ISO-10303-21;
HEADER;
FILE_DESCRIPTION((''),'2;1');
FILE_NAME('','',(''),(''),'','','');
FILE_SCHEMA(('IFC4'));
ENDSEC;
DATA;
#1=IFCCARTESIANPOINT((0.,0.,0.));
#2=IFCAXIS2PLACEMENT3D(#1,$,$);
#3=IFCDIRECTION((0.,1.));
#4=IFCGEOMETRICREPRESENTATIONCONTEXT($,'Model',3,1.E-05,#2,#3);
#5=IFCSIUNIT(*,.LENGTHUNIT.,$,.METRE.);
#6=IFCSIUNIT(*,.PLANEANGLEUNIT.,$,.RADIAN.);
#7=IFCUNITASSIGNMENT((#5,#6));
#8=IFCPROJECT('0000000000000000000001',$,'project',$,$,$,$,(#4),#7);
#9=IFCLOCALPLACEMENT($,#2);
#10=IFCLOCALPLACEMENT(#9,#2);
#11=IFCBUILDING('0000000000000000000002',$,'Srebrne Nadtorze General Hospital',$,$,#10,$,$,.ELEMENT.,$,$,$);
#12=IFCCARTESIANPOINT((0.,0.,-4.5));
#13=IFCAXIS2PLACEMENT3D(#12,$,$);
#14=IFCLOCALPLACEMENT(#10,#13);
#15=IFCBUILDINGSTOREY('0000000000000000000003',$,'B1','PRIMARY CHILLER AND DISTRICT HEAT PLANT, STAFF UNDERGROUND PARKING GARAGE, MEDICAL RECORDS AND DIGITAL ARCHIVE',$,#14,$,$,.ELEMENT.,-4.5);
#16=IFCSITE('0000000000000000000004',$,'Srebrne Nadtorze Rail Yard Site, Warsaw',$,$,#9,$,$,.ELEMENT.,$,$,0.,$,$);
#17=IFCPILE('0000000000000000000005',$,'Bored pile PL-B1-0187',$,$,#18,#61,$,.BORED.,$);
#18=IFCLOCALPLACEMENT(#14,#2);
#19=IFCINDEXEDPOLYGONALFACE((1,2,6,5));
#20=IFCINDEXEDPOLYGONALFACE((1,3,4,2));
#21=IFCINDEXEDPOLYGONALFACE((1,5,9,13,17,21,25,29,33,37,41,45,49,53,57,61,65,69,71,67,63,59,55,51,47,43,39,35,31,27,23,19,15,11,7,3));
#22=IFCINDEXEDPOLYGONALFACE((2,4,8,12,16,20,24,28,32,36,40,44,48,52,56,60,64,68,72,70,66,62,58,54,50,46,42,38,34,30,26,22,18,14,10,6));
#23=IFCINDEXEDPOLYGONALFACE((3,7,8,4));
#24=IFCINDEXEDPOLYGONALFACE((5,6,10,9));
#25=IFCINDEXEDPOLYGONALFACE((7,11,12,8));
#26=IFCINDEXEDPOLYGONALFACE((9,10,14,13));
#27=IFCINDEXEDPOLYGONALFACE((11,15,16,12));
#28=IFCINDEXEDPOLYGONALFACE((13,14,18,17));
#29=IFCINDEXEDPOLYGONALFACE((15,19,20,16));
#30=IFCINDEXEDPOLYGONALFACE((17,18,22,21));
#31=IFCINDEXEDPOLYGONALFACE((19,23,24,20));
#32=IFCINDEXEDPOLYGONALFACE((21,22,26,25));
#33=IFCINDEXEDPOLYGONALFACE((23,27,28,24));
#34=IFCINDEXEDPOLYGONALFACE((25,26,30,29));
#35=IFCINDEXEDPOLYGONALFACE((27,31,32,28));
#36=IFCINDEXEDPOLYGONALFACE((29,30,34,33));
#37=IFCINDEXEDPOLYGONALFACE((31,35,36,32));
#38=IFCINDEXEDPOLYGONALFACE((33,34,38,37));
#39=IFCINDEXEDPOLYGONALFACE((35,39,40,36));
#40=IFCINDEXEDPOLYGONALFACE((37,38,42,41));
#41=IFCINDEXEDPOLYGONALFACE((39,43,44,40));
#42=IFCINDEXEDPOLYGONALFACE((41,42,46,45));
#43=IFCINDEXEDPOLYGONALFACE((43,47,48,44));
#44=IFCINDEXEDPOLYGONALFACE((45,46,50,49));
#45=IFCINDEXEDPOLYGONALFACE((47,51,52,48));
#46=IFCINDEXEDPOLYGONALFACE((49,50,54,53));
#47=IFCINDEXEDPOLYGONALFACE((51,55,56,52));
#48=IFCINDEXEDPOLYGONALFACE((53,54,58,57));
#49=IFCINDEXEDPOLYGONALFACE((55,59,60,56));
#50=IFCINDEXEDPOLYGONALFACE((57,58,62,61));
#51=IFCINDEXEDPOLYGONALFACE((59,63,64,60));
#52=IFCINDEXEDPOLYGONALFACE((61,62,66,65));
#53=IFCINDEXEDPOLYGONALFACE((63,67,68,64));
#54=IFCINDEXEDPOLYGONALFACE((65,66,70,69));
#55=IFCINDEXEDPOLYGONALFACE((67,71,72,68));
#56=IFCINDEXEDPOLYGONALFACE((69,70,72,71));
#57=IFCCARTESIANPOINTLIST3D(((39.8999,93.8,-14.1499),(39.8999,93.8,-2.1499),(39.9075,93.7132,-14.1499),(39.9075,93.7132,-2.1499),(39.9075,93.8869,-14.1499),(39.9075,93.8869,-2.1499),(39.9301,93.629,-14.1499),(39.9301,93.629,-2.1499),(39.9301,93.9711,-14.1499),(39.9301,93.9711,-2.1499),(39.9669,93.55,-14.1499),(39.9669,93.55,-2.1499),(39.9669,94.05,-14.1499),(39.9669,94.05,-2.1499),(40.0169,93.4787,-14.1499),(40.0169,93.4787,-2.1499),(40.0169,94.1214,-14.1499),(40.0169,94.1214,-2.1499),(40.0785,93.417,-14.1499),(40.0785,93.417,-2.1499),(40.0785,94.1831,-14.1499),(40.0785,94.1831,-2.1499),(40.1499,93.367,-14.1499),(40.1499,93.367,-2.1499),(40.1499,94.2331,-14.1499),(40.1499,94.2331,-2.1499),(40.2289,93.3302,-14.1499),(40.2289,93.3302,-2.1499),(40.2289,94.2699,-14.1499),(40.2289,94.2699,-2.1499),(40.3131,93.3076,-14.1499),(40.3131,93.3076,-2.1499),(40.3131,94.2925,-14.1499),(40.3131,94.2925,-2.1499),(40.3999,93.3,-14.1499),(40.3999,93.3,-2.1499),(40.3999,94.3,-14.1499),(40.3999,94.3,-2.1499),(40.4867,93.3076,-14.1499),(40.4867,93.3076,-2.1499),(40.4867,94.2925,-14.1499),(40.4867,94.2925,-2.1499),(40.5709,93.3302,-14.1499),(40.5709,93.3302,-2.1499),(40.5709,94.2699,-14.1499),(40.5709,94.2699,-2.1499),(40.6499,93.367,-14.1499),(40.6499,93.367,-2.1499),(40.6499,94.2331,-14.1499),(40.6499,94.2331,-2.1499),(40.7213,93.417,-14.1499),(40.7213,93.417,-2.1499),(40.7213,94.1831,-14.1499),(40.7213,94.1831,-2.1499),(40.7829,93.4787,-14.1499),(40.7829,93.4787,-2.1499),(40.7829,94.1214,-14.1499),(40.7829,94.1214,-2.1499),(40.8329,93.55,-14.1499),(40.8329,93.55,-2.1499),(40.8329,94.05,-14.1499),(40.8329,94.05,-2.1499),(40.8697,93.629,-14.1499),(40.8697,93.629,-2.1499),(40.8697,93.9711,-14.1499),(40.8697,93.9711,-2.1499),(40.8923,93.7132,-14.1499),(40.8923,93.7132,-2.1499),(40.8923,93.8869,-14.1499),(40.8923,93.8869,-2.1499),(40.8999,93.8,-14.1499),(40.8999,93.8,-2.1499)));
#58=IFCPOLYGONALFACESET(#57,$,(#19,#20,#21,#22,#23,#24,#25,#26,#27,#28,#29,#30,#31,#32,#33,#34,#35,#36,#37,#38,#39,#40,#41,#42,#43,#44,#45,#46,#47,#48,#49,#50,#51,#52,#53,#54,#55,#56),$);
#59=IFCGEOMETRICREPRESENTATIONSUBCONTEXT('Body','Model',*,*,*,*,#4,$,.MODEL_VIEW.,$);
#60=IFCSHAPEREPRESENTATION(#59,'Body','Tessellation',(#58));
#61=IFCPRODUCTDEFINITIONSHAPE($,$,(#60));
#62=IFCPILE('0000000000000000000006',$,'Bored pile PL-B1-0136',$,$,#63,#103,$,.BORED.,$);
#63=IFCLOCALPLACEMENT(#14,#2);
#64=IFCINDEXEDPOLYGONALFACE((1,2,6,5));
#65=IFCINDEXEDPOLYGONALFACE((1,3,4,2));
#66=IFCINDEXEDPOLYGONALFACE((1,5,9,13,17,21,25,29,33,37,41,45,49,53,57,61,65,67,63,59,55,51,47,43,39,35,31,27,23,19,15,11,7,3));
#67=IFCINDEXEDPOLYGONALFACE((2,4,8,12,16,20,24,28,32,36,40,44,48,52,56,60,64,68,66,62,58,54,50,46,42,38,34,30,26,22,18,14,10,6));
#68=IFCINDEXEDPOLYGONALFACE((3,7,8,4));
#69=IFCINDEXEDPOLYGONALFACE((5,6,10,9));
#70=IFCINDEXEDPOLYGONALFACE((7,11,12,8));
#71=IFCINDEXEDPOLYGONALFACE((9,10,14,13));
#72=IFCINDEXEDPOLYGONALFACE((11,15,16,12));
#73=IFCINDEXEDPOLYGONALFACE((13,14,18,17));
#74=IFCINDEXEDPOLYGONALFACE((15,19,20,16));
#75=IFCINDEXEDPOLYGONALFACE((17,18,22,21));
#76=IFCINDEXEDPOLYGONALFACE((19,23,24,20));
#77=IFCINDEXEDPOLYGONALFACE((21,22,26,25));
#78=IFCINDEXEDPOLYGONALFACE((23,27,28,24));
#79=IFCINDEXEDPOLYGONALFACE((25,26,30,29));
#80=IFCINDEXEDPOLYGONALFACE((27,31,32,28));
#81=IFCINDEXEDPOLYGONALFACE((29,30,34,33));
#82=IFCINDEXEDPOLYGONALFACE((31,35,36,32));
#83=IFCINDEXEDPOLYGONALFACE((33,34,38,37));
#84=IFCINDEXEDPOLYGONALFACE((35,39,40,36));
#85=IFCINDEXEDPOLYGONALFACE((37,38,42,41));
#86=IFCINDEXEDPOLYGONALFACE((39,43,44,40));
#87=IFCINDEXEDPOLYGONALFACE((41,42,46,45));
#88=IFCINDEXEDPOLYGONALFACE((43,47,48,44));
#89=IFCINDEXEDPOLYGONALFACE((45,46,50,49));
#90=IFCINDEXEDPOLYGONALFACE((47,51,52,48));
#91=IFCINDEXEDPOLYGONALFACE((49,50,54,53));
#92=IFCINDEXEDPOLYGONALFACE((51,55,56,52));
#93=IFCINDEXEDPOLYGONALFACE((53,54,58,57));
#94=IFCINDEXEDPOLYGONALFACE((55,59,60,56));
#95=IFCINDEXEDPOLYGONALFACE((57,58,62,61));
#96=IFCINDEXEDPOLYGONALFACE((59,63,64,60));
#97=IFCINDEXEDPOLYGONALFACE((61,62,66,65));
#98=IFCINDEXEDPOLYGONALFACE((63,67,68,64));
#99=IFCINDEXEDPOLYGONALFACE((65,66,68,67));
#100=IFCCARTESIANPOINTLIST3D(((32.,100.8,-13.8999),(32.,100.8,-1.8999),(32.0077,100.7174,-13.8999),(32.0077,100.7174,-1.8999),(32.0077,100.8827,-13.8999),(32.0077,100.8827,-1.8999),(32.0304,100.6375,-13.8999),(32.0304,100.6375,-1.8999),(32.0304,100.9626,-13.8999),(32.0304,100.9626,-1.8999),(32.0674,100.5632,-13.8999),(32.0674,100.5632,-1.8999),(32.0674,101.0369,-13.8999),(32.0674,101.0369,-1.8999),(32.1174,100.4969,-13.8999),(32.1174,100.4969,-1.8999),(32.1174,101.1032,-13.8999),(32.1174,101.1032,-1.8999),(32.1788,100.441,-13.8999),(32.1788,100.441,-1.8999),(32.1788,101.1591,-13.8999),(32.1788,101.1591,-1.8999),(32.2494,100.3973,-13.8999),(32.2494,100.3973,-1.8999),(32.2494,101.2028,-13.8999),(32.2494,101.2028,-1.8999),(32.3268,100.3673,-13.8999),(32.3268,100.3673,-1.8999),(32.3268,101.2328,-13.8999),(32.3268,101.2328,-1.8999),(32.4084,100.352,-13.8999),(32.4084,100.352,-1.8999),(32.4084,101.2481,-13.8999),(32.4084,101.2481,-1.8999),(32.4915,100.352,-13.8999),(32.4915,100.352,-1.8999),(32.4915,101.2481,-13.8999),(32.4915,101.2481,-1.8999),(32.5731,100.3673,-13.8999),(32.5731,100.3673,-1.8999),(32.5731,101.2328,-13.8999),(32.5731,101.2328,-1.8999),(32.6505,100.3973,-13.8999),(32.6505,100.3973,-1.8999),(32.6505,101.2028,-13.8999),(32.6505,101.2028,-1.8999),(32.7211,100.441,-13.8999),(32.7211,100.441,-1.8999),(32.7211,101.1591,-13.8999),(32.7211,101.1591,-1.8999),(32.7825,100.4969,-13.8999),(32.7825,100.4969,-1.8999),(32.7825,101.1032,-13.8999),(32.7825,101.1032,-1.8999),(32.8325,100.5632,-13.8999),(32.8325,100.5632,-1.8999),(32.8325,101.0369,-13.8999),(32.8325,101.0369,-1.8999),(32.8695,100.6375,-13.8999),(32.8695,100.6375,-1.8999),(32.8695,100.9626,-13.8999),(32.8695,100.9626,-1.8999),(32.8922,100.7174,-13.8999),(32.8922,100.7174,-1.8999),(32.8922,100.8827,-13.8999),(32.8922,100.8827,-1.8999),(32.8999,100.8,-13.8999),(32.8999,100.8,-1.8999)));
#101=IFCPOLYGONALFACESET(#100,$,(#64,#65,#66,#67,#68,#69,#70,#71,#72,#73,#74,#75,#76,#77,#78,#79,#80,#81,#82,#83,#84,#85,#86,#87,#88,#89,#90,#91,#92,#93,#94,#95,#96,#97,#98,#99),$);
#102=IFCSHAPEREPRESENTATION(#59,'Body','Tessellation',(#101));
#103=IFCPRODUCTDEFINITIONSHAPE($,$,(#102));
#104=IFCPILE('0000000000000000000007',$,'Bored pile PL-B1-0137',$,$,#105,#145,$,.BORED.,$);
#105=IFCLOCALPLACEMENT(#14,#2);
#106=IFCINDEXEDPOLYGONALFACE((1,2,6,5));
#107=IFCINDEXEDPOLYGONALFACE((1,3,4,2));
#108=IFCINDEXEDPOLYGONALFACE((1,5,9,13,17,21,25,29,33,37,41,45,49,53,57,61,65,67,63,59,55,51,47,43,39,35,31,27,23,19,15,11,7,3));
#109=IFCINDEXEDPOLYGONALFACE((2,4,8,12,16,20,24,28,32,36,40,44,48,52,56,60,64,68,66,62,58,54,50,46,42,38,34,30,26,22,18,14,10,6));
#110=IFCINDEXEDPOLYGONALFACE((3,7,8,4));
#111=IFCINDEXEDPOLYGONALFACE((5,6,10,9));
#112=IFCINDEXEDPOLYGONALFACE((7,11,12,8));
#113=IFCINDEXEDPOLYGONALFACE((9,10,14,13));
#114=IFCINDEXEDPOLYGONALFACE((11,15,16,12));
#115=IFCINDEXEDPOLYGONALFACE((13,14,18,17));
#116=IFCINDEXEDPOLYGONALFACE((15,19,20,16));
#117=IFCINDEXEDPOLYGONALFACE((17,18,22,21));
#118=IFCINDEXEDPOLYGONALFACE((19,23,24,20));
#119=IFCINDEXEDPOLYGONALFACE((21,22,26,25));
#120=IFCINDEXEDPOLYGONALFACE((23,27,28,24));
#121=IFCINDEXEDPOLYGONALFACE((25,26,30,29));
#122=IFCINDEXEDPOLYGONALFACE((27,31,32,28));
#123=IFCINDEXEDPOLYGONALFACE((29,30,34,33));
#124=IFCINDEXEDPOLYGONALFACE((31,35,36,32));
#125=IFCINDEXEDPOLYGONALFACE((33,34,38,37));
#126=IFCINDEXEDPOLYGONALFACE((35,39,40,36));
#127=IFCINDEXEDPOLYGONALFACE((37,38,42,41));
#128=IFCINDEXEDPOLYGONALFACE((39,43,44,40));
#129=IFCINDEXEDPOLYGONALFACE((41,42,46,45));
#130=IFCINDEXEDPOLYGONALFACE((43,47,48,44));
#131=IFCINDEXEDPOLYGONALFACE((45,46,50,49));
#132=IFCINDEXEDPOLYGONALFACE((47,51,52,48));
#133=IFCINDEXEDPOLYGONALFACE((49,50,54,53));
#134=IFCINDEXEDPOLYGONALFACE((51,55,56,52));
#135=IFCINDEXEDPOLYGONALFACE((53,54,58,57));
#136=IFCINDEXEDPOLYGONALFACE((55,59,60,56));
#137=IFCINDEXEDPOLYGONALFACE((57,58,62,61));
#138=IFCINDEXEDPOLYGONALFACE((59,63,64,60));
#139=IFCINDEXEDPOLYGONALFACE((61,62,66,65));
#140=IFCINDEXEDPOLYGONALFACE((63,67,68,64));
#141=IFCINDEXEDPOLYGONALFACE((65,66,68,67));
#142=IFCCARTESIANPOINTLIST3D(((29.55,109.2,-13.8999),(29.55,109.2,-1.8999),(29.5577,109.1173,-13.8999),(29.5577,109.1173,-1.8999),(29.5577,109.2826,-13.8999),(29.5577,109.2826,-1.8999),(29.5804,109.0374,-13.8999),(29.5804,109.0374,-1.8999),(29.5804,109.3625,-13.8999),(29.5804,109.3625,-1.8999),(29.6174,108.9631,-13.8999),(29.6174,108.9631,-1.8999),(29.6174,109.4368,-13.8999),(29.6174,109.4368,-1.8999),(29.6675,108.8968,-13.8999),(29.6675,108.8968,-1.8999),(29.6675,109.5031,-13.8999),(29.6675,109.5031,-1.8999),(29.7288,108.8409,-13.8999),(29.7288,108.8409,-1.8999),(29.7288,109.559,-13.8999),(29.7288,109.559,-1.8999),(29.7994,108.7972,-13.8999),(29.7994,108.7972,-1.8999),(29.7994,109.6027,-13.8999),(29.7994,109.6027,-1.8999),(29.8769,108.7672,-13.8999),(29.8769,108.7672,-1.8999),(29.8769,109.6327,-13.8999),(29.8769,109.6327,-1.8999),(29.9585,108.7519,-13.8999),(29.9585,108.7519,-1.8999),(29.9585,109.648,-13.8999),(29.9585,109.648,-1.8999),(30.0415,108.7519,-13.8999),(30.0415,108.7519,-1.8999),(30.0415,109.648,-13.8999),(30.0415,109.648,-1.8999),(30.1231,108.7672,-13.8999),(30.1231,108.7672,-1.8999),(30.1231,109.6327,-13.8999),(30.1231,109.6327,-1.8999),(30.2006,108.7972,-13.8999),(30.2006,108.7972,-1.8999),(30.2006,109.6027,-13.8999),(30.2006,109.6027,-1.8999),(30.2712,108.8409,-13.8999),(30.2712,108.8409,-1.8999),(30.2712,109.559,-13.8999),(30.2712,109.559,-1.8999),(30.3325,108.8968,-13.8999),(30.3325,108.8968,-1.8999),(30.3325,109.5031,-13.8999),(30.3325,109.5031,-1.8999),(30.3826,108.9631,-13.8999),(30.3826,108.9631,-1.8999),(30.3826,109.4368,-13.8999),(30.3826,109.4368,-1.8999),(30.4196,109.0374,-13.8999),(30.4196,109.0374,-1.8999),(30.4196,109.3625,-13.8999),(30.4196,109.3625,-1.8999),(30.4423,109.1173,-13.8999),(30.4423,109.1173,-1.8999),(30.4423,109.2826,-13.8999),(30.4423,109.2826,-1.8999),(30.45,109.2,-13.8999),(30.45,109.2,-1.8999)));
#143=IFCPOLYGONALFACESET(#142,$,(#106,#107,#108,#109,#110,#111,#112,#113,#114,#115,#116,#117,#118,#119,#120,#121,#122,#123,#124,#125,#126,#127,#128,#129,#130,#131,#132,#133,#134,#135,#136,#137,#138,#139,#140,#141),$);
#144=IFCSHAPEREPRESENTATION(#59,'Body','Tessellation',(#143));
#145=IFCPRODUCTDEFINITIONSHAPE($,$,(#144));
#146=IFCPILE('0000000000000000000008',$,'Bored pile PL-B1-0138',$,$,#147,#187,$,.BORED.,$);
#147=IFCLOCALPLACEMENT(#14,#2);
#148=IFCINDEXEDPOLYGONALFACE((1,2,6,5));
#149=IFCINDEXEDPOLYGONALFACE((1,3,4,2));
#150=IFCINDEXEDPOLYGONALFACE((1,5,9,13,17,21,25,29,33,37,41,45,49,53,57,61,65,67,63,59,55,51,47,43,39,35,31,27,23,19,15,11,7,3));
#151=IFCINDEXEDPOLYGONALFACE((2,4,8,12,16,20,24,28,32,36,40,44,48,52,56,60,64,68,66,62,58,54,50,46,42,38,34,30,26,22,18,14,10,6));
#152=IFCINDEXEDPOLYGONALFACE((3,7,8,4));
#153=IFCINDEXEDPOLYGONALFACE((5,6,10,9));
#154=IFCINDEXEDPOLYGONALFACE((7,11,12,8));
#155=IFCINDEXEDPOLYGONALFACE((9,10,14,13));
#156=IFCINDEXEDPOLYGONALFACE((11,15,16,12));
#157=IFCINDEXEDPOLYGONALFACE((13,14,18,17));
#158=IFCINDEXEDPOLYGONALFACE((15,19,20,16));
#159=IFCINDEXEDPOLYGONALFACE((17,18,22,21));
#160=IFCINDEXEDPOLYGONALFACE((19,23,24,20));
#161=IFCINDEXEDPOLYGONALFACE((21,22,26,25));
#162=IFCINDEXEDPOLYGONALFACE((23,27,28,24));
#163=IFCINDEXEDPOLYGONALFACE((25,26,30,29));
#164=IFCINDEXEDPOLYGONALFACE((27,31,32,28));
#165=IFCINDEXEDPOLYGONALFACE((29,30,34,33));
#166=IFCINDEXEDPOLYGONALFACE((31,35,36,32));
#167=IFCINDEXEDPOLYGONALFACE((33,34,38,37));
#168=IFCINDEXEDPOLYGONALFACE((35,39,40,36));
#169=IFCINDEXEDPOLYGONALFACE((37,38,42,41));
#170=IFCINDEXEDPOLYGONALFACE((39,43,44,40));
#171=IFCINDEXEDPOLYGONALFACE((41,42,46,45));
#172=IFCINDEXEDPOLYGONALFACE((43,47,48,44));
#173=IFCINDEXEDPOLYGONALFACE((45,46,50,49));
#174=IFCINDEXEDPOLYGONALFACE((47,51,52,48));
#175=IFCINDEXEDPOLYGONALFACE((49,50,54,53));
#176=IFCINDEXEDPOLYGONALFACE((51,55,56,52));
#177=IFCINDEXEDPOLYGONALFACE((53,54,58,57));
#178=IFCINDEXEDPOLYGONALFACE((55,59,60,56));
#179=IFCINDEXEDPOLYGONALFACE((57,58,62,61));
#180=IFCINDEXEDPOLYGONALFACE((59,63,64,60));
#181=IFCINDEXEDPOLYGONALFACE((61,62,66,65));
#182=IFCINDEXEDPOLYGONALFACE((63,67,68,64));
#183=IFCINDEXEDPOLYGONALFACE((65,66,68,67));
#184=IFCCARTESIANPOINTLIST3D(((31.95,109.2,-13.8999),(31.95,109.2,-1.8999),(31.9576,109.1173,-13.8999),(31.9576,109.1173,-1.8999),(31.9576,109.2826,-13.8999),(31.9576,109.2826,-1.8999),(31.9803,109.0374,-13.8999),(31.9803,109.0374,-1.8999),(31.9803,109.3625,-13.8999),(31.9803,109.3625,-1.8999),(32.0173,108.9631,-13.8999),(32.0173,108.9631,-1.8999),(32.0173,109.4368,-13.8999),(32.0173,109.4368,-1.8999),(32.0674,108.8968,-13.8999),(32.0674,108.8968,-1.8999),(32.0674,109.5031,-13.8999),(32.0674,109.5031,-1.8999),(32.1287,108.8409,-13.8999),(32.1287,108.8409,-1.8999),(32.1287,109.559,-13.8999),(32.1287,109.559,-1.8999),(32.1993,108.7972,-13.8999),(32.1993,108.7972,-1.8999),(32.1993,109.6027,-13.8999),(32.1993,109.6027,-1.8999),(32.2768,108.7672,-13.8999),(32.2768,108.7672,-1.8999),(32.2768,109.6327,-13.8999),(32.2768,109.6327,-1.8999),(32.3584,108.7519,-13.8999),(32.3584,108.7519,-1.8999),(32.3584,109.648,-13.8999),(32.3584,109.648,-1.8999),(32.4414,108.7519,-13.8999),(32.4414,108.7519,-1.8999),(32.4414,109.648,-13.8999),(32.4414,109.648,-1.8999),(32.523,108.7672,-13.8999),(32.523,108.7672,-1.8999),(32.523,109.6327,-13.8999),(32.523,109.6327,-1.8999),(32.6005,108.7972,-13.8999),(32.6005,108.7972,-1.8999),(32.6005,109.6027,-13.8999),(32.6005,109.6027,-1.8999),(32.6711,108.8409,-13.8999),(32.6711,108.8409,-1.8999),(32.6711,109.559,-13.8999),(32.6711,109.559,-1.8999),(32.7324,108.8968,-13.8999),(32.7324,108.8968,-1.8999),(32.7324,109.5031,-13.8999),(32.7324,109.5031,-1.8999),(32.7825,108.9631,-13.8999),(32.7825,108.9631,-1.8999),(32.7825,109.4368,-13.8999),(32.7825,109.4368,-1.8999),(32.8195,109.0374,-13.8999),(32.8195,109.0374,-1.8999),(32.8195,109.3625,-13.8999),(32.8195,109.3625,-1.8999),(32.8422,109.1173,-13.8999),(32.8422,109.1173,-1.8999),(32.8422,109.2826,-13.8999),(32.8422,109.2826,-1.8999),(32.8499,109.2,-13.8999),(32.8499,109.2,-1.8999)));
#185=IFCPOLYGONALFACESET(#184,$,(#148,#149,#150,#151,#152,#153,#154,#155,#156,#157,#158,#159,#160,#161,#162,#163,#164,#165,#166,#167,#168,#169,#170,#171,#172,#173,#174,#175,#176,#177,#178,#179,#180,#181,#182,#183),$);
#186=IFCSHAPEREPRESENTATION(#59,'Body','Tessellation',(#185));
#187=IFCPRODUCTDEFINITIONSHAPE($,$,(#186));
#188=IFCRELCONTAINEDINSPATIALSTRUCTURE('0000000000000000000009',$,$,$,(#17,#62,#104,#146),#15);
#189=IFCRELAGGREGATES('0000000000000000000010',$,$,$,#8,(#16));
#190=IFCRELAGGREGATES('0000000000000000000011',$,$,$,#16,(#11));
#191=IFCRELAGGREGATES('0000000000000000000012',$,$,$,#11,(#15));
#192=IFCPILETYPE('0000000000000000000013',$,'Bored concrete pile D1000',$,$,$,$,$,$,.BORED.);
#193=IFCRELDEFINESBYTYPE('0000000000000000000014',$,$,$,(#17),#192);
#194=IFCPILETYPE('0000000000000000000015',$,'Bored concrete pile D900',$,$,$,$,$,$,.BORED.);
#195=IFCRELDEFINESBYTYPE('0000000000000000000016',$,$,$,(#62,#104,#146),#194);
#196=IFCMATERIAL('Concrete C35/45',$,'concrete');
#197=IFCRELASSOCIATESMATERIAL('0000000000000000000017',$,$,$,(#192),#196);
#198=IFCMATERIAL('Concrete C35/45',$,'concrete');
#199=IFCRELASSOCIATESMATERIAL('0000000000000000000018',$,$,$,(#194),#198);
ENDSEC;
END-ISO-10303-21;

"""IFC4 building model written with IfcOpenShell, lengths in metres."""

from ifc_helpers import new_model, si_unit, direction, frame, origin, origin_2d, place, context, subcontext, project, spatial, circle, extrude, material, material_profile, profile_set, type_object, element, save


model = new_model("IFC4")

# Units and contexts
model_context = context("Model", 3, precision=1e-05, world=origin(), true_north=direction((0.0, 1.0)))
body_context = subcontext(model_context, "Body", "Model", "MODEL_VIEW")
ifc_project = project(units=[si_unit("LENGTHUNIT", "METRE"), si_unit("PLANEANGLEUNIT", "RADIAN")], contexts=[model_context])

# Site, building, storey
site_placement = place(None, origin())
site = spatial("IfcSite", under=ifc_project, at=site_placement, Name="Srebrne Nadtorze Rail Yard Site, Warsaw", CompositionType="ELEMENT", RefElevation=0.0)
building_placement = place(site_placement, origin())
building = spatial("IfcBuilding", under=site, at=building_placement, Name="Srebrne Nadtorze General Hospital", CompositionType="ELEMENT")
storey_placement = place(building_placement, frame((0.0, 0.0, -4.5)))
storey = spatial("IfcBuildingStorey", under=building, at=storey_placement, Name="B1", Description="PRIMARY CHILLER AND DISTRICT HEAT PLANT, STAFF UNDERGROUND PARKING GARAGE, MEDICAL RECORDS AND DIGITAL ARCHIVE", CompositionType="ELEMENT", Elevation=-4.5)

# Piles
ifc_material_1 = material(Name="Concrete C35/45", Category="concrete")
ifc_material_profile_1 = material_profile(ifc_material_1, circle(Radius=0.5, at=origin_2d()), Name="PILE-D1000")
ifc_profile_set_1 = profile_set([ifc_material_profile_1], Name="Concrete C35/45")
pile_type_1 = type_object("IfcPileType", Name="Bored concrete pile D1000", PredefinedType="BORED", material=ifc_profile_set_1)
pile_placement = place(storey_placement, frame((40.3999, 93.8, -2.1499), z_axis=(0.0, 0.0, -1.0), x_axis=(1.0, 0.0, 0.0)))
element("IfcPile", 1, at=pile_placement, inside=storey, type_object=pile_type_1, Name="Bored pile PL-B1-0187", PredefinedType="BORED", context=body_context, shape_type="SweptSolid", body=[
    extrude(circle(Radius=0.5, at=origin_2d()), origin(), (0.0, 0.0, 1.0), 12.0),
])
ifc_material_2 = material(Name="Concrete C35/45", Category="concrete")
ifc_material_profile_2 = material_profile(ifc_material_2, circle(Radius=0.45, at=origin_2d()), Name="PILE-D900")
ifc_profile_set_2 = profile_set([ifc_material_profile_2], Name="Concrete C35/45")
pile_type_2 = type_object("IfcPileType", Name="Bored concrete pile D900", PredefinedType="BORED", material=ifc_profile_set_2)
for number, where, z_axis, x_axis, name in (
    (2, (32.45, 100.8, -1.8999), (0.0, 0.0, -1.0), (1.0, 0.0, 0.0), "Bored pile PL-B1-0136"),
    (3, (30.0, 109.2, -1.8999), (0.0, 0.0, -1.0), (1.0, 0.0, 0.0), "Bored pile PL-B1-0137"),
    (4, (32.3999, 109.2, -1.8999), (0.0, 0.0, -1.0), (1.0, 0.0, 0.0), "Bored pile PL-B1-0138"),
):
    element("IfcPile", number, at=place(storey_placement, frame(where, z_axis=z_axis, x_axis=x_axis)), inside=storey, type_object=pile_type_2, Name=name, PredefinedType="BORED", context=body_context, shape_type="SweptSolid", body=[
        extrude(circle(Radius=0.45, at=origin_2d()), origin(), (0.0, 0.0, 1.0), 12.0),
    ])

save(model, "model.ifc")
